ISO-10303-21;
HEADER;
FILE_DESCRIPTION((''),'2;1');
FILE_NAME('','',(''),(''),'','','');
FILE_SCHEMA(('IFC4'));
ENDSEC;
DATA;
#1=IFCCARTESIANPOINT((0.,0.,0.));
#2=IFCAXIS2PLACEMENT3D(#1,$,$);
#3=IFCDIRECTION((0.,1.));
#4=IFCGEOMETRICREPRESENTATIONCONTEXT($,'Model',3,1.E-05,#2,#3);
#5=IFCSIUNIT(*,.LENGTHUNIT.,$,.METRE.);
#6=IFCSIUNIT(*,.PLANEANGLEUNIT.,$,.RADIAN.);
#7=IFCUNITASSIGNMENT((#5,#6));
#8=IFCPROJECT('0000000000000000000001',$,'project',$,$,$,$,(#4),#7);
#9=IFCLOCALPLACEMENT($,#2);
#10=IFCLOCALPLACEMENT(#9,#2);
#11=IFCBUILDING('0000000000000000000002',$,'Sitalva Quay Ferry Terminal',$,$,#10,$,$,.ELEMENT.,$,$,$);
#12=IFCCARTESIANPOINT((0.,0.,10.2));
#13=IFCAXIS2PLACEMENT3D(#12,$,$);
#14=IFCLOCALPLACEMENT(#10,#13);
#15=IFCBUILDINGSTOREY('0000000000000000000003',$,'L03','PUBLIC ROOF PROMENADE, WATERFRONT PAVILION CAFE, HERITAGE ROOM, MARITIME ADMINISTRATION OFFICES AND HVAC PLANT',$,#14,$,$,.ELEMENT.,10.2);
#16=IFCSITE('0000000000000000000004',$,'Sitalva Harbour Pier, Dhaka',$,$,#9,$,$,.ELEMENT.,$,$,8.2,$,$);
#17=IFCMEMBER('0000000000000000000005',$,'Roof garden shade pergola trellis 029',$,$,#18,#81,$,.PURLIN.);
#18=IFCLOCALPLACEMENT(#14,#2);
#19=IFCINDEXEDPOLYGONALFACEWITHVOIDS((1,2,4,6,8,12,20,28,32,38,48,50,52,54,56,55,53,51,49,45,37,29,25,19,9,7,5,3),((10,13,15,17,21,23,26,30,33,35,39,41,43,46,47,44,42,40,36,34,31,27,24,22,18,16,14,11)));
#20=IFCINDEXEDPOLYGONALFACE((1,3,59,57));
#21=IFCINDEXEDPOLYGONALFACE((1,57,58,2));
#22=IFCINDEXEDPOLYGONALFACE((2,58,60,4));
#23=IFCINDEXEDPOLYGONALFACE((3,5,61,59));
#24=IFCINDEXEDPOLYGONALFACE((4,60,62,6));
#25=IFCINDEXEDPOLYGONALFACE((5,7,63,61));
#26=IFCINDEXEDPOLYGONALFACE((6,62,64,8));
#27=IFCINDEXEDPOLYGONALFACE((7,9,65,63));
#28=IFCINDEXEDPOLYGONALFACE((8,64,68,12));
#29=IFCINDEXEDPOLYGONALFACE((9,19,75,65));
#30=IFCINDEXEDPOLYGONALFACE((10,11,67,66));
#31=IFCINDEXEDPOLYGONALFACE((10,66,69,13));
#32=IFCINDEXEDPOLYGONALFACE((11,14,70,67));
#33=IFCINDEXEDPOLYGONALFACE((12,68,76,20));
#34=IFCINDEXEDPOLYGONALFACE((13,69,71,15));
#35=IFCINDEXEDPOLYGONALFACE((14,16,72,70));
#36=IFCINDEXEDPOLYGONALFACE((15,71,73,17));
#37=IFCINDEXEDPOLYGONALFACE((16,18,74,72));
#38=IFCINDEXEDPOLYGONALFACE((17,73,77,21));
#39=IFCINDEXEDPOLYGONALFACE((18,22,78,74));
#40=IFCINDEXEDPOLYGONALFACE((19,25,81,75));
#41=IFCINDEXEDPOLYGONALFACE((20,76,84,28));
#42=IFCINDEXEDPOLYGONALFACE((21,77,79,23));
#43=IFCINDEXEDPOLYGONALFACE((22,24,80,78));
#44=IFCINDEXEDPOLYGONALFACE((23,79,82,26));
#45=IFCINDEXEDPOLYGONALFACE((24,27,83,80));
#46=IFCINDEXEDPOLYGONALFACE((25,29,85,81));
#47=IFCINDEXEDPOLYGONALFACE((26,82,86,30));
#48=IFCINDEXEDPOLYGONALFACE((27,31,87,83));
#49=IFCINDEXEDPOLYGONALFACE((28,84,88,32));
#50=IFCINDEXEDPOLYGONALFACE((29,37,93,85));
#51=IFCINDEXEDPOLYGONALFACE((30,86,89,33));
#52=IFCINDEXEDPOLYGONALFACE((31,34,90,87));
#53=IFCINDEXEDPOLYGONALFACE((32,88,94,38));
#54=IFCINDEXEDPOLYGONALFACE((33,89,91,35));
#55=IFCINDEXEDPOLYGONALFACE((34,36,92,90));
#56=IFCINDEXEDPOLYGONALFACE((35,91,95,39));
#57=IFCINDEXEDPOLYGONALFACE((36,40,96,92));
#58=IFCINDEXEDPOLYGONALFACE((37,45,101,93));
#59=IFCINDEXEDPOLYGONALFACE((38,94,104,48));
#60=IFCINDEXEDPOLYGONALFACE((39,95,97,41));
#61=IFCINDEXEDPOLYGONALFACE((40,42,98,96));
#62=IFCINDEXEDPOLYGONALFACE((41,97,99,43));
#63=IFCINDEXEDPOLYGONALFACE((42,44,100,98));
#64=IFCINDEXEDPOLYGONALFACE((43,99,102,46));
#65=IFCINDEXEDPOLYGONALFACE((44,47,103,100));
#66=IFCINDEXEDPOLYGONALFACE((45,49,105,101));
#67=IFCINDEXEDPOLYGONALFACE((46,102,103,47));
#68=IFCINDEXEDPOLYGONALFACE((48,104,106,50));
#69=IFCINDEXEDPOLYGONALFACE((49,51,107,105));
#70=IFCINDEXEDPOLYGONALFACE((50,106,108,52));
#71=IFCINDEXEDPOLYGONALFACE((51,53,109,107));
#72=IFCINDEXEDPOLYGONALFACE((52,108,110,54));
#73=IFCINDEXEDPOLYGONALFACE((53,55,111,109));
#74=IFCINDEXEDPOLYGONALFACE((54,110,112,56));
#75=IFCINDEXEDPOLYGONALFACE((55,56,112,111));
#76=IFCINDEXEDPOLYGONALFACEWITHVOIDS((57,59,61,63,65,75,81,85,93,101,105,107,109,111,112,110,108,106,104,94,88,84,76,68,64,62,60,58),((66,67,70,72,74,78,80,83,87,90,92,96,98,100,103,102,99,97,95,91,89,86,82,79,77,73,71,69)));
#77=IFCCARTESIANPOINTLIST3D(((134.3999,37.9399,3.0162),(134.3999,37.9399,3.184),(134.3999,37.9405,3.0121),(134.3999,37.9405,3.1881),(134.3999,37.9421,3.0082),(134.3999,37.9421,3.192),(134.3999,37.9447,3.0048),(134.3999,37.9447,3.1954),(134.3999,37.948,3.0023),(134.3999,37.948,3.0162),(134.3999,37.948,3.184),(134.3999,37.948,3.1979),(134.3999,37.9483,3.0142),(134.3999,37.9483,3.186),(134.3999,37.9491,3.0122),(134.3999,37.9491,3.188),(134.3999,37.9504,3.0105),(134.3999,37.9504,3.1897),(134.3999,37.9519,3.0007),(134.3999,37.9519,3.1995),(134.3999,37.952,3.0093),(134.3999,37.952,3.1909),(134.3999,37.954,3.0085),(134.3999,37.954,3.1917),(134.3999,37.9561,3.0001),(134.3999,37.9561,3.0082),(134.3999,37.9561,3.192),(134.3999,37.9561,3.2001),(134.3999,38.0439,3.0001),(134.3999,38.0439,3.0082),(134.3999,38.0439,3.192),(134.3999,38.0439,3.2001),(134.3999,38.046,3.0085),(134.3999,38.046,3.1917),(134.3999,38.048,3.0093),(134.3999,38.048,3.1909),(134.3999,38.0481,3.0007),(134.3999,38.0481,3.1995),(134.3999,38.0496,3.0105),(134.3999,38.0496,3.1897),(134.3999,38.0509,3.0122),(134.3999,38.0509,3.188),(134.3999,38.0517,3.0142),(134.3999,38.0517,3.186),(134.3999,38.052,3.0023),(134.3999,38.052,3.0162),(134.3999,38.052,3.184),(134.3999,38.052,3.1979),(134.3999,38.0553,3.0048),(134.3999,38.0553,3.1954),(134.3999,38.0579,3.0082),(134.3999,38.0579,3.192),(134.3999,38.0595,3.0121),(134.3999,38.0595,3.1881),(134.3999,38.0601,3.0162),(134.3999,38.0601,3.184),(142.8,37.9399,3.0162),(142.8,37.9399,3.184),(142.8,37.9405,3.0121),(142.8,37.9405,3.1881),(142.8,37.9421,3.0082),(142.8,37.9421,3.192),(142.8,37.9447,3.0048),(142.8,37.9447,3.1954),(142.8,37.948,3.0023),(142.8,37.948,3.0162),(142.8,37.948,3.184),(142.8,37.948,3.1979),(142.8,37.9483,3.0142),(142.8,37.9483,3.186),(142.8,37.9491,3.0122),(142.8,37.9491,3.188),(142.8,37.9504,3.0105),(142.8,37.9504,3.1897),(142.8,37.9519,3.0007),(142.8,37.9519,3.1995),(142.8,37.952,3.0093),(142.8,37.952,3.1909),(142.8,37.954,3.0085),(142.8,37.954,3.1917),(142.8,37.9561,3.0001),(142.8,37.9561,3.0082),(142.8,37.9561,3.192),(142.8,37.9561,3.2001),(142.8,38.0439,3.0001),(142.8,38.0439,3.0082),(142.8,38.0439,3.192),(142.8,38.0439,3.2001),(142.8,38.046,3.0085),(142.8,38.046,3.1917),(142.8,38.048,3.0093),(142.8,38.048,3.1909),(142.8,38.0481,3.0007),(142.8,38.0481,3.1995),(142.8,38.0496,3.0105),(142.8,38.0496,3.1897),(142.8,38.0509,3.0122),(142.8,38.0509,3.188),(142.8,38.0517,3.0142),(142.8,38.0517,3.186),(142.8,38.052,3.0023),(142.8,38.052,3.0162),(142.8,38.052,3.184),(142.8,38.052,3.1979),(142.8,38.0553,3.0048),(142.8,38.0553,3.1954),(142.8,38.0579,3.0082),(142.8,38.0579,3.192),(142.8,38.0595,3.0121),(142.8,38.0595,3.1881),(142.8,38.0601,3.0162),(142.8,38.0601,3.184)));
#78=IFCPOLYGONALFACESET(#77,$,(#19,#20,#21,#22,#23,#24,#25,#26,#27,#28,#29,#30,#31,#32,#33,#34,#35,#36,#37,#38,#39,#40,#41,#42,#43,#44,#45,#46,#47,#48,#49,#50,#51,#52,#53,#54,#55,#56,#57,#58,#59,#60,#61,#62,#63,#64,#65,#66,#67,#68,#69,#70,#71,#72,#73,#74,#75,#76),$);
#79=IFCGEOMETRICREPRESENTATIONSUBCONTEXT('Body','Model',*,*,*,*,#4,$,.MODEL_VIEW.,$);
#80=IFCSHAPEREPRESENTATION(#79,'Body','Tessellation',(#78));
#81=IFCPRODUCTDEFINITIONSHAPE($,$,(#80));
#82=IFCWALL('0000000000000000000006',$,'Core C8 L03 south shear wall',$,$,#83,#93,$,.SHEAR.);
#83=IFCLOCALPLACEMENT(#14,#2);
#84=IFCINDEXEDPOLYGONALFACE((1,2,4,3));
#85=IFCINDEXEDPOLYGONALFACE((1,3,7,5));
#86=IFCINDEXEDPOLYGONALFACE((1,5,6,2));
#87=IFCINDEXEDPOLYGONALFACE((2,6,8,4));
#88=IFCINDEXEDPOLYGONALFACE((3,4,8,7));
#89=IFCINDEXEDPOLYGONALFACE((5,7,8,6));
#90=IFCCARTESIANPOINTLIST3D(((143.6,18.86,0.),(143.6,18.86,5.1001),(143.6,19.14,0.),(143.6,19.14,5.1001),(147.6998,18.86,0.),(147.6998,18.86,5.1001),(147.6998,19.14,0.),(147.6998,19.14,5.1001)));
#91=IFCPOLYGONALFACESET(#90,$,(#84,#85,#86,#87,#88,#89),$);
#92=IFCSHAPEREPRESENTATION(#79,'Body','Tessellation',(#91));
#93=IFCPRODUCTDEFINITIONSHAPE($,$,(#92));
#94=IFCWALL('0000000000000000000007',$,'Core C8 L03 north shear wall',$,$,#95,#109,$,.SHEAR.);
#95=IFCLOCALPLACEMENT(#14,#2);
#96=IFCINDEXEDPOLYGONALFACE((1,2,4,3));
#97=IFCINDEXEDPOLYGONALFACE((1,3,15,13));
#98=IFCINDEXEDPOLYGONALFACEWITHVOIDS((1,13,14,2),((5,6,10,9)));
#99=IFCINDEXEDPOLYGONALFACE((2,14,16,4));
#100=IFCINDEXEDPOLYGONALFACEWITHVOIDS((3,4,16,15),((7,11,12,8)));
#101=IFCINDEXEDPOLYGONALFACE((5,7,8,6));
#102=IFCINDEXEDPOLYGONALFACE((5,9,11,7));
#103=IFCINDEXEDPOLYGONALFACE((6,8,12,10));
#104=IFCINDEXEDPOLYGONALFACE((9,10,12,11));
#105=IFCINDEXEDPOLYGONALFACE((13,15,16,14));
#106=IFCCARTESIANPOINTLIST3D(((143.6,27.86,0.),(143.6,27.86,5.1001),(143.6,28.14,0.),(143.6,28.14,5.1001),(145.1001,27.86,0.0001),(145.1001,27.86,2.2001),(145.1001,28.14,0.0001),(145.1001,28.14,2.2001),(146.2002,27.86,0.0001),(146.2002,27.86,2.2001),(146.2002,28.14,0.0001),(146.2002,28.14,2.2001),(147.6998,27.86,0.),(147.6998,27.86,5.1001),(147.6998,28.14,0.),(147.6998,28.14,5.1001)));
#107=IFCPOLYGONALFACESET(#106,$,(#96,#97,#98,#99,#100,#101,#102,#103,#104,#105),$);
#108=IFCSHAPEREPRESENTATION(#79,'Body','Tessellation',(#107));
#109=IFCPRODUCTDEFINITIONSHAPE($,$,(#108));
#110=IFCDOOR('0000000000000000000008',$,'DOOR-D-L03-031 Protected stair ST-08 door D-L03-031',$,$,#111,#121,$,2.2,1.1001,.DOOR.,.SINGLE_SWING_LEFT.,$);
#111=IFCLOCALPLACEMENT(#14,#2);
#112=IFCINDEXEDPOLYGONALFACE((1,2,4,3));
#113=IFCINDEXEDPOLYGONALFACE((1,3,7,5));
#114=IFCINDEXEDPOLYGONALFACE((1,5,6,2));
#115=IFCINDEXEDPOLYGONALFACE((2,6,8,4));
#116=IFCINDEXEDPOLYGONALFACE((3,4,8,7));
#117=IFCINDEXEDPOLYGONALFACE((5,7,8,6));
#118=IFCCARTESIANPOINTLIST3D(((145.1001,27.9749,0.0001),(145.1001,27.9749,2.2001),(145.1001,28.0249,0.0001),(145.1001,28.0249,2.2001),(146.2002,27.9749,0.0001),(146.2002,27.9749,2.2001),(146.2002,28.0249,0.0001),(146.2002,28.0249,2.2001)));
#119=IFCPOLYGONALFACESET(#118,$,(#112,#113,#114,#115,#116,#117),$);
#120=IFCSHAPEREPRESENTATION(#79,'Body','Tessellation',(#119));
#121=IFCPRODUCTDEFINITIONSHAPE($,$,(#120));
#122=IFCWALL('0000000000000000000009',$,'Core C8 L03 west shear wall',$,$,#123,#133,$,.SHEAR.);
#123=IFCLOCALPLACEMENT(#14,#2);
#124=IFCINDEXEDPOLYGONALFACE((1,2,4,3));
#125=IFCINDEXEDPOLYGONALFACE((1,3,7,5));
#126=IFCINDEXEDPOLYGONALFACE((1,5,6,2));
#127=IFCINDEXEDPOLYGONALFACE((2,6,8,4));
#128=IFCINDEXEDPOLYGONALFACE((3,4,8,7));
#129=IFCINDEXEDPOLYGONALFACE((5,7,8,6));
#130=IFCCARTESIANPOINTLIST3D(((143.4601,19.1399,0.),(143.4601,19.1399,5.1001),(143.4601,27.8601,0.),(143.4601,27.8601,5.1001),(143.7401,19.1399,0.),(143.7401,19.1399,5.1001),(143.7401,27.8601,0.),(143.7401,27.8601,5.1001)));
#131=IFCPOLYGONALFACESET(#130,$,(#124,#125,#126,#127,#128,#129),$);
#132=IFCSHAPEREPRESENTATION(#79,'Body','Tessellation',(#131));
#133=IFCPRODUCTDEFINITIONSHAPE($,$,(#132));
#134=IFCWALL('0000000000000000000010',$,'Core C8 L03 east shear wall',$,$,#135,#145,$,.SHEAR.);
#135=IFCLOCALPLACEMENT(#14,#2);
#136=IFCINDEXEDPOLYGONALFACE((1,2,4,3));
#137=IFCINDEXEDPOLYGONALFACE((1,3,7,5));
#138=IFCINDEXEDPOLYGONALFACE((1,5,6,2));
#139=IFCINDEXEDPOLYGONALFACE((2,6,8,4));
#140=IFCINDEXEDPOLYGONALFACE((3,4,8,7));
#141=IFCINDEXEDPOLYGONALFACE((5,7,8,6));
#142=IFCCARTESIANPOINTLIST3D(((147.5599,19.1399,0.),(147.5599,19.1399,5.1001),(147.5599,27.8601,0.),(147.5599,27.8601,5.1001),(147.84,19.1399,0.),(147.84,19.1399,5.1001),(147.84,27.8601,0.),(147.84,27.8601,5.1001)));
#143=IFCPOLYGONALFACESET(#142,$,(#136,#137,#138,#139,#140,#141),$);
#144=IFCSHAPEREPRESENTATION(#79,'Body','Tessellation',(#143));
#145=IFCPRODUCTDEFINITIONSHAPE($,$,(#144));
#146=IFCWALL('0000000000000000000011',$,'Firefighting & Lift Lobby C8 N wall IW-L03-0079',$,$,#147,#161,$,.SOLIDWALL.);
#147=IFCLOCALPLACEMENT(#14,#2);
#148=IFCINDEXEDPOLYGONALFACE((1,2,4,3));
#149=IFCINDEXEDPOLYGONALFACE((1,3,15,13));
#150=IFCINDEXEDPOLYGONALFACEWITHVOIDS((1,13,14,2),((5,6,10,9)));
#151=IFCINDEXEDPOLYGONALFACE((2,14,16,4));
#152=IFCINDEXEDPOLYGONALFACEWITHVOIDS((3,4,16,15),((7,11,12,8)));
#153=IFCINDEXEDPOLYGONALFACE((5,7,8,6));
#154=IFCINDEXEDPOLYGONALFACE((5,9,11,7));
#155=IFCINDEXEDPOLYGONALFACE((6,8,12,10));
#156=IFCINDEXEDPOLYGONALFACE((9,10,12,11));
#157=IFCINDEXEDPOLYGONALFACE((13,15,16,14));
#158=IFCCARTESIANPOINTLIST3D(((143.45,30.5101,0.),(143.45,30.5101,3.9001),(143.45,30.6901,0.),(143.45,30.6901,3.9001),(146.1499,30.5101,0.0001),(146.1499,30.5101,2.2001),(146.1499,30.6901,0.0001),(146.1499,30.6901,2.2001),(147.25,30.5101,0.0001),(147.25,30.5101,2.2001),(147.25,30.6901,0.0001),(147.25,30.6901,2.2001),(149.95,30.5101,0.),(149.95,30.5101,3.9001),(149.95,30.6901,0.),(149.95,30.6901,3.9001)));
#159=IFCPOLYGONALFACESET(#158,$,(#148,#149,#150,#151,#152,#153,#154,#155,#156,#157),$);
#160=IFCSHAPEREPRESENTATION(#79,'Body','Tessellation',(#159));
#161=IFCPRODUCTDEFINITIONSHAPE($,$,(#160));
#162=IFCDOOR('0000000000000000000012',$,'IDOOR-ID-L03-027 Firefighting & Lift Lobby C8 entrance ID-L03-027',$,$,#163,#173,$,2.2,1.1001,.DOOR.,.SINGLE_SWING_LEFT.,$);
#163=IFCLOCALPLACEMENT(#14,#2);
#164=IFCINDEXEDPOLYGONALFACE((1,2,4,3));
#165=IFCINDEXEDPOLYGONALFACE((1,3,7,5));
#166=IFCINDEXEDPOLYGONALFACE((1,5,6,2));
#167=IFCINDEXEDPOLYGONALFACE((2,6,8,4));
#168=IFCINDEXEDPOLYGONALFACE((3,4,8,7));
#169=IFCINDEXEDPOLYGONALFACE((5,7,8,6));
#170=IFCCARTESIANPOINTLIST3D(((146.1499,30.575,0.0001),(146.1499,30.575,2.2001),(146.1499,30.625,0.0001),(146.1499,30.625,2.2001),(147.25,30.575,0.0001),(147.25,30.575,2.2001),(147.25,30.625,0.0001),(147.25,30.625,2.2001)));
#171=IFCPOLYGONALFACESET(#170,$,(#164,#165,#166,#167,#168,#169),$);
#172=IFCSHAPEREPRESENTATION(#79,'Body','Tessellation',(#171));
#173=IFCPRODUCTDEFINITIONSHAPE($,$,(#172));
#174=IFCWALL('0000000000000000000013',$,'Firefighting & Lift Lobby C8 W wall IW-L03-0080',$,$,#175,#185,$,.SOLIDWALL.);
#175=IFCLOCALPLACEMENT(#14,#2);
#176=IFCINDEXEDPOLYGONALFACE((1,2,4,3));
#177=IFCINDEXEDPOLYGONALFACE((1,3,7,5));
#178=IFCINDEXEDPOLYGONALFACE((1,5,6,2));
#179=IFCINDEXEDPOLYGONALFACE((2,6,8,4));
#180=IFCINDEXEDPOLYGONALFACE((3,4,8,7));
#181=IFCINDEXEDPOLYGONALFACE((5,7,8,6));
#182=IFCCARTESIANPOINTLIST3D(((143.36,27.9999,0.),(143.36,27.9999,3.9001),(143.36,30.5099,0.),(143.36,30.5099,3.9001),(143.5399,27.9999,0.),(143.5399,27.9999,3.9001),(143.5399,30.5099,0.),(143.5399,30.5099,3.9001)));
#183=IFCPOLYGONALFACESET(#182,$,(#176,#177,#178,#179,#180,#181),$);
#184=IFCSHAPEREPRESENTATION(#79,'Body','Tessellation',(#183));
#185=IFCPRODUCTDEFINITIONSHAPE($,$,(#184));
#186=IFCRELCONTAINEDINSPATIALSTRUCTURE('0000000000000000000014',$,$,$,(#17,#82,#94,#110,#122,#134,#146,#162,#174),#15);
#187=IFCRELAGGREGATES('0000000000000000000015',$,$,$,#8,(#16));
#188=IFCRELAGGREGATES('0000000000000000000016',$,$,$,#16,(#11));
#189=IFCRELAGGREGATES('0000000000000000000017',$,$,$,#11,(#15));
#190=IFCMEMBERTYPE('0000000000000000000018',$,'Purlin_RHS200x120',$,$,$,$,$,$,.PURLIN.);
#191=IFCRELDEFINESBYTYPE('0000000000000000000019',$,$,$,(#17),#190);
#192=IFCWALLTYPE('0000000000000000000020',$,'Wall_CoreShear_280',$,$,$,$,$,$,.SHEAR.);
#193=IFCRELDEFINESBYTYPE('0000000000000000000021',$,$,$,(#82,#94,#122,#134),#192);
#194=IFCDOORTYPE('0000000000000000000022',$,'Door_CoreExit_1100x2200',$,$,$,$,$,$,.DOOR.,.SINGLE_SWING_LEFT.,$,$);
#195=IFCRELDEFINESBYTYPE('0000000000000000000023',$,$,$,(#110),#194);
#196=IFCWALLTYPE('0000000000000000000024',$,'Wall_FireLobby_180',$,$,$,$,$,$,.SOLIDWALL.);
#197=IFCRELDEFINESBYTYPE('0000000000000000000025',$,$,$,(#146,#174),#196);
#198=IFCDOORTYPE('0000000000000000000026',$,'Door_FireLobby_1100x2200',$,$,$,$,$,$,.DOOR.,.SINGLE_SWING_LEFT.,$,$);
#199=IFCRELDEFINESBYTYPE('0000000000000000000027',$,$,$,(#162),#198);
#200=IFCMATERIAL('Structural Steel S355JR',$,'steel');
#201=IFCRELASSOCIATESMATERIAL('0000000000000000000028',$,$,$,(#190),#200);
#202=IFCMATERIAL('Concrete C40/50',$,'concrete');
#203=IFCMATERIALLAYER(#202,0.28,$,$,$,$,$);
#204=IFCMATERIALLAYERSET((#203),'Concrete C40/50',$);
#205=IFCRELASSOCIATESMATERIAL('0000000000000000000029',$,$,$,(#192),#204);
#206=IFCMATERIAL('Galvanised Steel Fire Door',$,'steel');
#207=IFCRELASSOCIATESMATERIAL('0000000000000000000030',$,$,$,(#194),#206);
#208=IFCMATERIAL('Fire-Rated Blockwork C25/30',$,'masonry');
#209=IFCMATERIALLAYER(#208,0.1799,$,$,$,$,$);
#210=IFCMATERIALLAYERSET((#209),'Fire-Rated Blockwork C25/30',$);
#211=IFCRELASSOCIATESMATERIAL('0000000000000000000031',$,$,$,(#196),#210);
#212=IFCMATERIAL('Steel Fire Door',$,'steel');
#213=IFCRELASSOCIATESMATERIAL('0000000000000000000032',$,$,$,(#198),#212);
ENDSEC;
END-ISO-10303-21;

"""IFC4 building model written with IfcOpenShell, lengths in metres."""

from ifc_helpers import new_model, si_unit, direction, frame, frame_2d, origin, origin_2d, place, context, subcontext, project, spatial, rectangle, hollow_rectangle, extrude, material, layer, layer_set, material_profile, profile_set, type_object, element, fill, save


model = new_model("IFC4")

# Units and contexts
model_context = context("Model", 3, precision=1e-05, world=origin(), true_north=direction((0.0, 1.0)))
body_context = subcontext(model_context, "Body", "Model", "MODEL_VIEW")
ifc_project = project(units=[si_unit("LENGTHUNIT", "METRE"), si_unit("PLANEANGLEUNIT", "RADIAN")], contexts=[model_context])

# Site, building, storey
site_placement = place(None, origin())
site = spatial("IfcSite", under=ifc_project, at=site_placement, Name="Sitalva Harbour Pier, Dhaka", CompositionType="ELEMENT", RefElevation=8.2)
building_placement = place(site_placement, origin())
building = spatial("IfcBuilding", under=site, at=building_placement, Name="Sitalva Quay Ferry Terminal", CompositionType="ELEMENT")
storey_placement = place(building_placement, frame((0.0, 0.0, 10.2)))
storey = spatial("IfcBuildingStorey", under=building, at=storey_placement, Name="L03", Description="PUBLIC ROOF PROMENADE, WATERFRONT PAVILION CAFE, HERITAGE ROOM, MARITIME ADMINISTRATION OFFICES AND HVAC PLANT", CompositionType="ELEMENT", Elevation=10.2)

# Member
ifc_material_1 = material(Name="Structural Steel S355JR", Category="steel")
ifc_material_profile_1 = material_profile(ifc_material_1, hollow_rectangle(XDim=0.1201, YDim=0.2, WallThickness=0.0081, InnerFilletRadius=0.0081, OuterFilletRadius=0.0161, at=origin_2d()), Name="RHS200x120x8")
ifc_profile_set_1 = profile_set([ifc_material_profile_1], Name="Structural Steel S355JR")
member_type_1 = type_object("IfcMemberType", Name="Purlin_RHS200x120", PredefinedType="PURLIN", material=ifc_profile_set_1)
member_1_placement = place(storey_placement, frame((134.3999, 38.0, 3.1001), z_axis=(1.0, 0.0, 0.0), x_axis=(0.0, 1.0, 0.0)))
element("IfcMember", 1, at=member_1_placement, inside=storey, type_object=member_type_1, Name="Roof garden shade pergola trellis 029", PredefinedType="PURLIN", context=body_context, shape_type="SweptSolid", body=[
    extrude(hollow_rectangle(XDim=0.1201, YDim=0.2, WallThickness=0.0081, InnerFilletRadius=0.0081, OuterFilletRadius=0.0161, at=origin_2d()), origin(), (0.0, 0.0, 1.0), 8.4001),
])

# Wall
ifc_material_2 = material(Name="Concrete C40/50", Category="concrete")
ifc_layer_1 = layer(ifc_material_2, 0.28)
ifc_layer_set_1 = layer_set([ifc_layer_1], Name="Concrete C40/50")
wall_type_1 = type_object("IfcWallType", Name="Wall_CoreShear_280", PredefinedType="SHEAR", material=ifc_layer_set_1)
wall_1_placement = place(storey_placement, frame((143.6001, 19.0, 0.0), z_axis=(0.0, 0.0, 1.0), x_axis=(1.0, 0.0, 0.0)))
element("IfcWall", 2, at=wall_1_placement, inside=storey, type_object=wall_type_1, Name="Core C8 L03 south shear wall", PredefinedType="SHEAR", context=body_context, shape_type="SweptSolid", body=[
    extrude(rectangle(XDim=4.0999, YDim=0.28, at=frame_2d((2.0498, 0.0))), origin(), (0.0, 0.0, 1.0), 5.1001),
])

# Wall, opening, door
wall_2_placement = place(storey_placement, frame((143.6001, 28.0, 0.0), z_axis=(0.0, 0.0, 1.0), x_axis=(1.0, 0.0, 0.0)))
wall_2 = element("IfcWall", 3, at=wall_2_placement, inside=storey, type_object=wall_type_1, Name="Core C8 L03 north shear wall", PredefinedType="SHEAR", context=body_context, shape_type="SweptSolid", body=[
    extrude(rectangle(XDim=4.0999, YDim=0.28, at=frame_2d((2.0498, 0.0))), origin(), (0.0, 0.0, 1.0), 5.1001),
])
opening_1_placement = place(wall_2_placement, frame((1.5, 0.0, 0.0)))
opening_1 = element("IfcOpeningElement", 4, at=opening_1_placement, cuts=wall_2, PredefinedType="OPENING", context=body_context, shape_type="SweptSolid", body=[
    extrude(rectangle(XDim=1.1001, YDim=2.2, at=frame_2d((0.55, 1.1001))), frame((0.0, 0.1499, 0.0), z_axis=(0.0, -1.0, 0.0), x_axis=(1.0, 0.0, 0.0)), (0.0, 0.0, 1.0), 0.3),
])
ifc_material_3 = material(Name="Galvanised Steel Fire Door", Category="steel")
door_type_1 = type_object("IfcDoorType", Name="Door_CoreExit_1100x2200", OperationType="SINGLE_SWING_LEFT", PredefinedType="DOOR", material=ifc_material_3)
door_1_placement = place(opening_1_placement, origin())
door_1 = element("IfcDoor", 5, at=door_1_placement, inside=storey, type_object=door_type_1, Name="DOOR-D-L03-031 Protected stair ST-08 door D-L03-031", OperationType="SINGLE_SWING_LEFT", OverallHeight=2.2, OverallWidth=1.1001, PredefinedType="DOOR", context=body_context, shape_type="SweptSolid", body=[
    extrude(rectangle(XDim=1.1001, YDim=2.2, at=frame_2d((0.55, 1.1001))), frame((0.0, 0.0249, 0.0), z_axis=(0.0, -1.0, 0.0), x_axis=(1.0, 0.0, 0.0)), (0.0, 0.0, 1.0), 0.05),
])
fill(opening_1, door_1)

# Walls
for number, where, z_axis, x_axis, name in (
    (6, (143.6001, 19.1399, 0.0), (0.0, 0.0, 1.0), (0.0, 1.0, 0.0), "Core C8 L03 west shear wall"),
    (7, (147.7, 19.1399, 0.0), (0.0, 0.0, 1.0), (0.0, 1.0, 0.0), "Core C8 L03 east shear wall"),
):
    element("IfcWall", number, at=place(storey_placement, frame(where, z_axis=z_axis, x_axis=x_axis)), inside=storey, type_object=wall_type_1, Name=name, PredefinedType="SHEAR", context=body_context, shape_type="SweptSolid", body=[
        extrude(rectangle(XDim=8.7202, YDim=0.28, at=frame_2d((4.3601, 0.0))), origin(), (0.0, 0.0, 1.0), 5.1001),
    ])

# Wall, opening, door
ifc_material_4 = material(Name="Fire-Rated Blockwork C25/30", Category="masonry")
ifc_layer_2 = layer(ifc_material_4, 0.1799)
ifc_layer_set_2 = layer_set([ifc_layer_2], Name="Fire-Rated Blockwork C25/30")
wall_type_2 = type_object("IfcWallType", Name="Wall_FireLobby_180", PredefinedType="SOLIDWALL", material=ifc_layer_set_2)
wall_3_placement = place(storey_placement, frame((143.45, 30.6001, 0.0), z_axis=(0.0, 0.0, 1.0), x_axis=(1.0, 0.0, 0.0)))
wall_3 = element("IfcWall", 8, at=wall_3_placement, inside=storey, type_object=wall_type_2, Name="Firefighting & Lift Lobby C8 N wall IW-L03-0079", PredefinedType="SOLIDWALL", context=body_context, shape_type="SweptSolid", body=[
    extrude(rectangle(XDim=6.5, YDim=0.1799, at=frame_2d((3.25, 0.0))), origin(), (0.0, 0.0, 1.0), 3.9001),
])
opening_2_placement = place(wall_3_placement, frame((2.7, 0.0, 0.0)))
opening_2 = element("IfcOpeningElement", 9, at=opening_2_placement, cuts=wall_3, PredefinedType="OPENING", context=body_context, shape_type="SweptSolid", body=[
    extrude(rectangle(XDim=1.1001, YDim=2.2, at=frame_2d((0.55, 1.1001))), frame((0.0, 0.0999, 0.0), z_axis=(0.0, -1.0, 0.0), x_axis=(1.0, 0.0, 0.0)), (0.0, 0.0, 1.0), 0.2),
])
ifc_material_5 = material(Name="Steel Fire Door", Category="steel")
door_type_2 = type_object("IfcDoorType", Name="Door_FireLobby_1100x2200", OperationType="SINGLE_SWING_LEFT", PredefinedType="DOOR", material=ifc_material_5)
door_2_placement = place(opening_2_placement, origin())
door_2 = element("IfcDoor", 10, at=door_2_placement, inside=storey, type_object=door_type_2, Name="IDOOR-ID-L03-027 Firefighting & Lift Lobby C8 entrance ID-L03-027", OperationType="SINGLE_SWING_LEFT", OverallHeight=2.2, OverallWidth=1.1001, PredefinedType="DOOR", context=body_context, shape_type="SweptSolid", body=[
    extrude(rectangle(XDim=1.1001, YDim=2.2, at=frame_2d((0.55, 1.1001))), frame((0.0, 0.0249, 0.0), z_axis=(0.0, -1.0, 0.0), x_axis=(1.0, 0.0, 0.0)), (0.0, 0.0, 1.0), 0.05),
])
fill(opening_2, door_2)

# Wall
for number, where, z_axis, x_axis, name in (
    (11, (143.45, 28.0, 0.0), (0.0, 0.0, 1.0), (0.0, 1.0, 0.0), "Firefighting & Lift Lobby C8 W wall IW-L03-0080"),
):
    element("IfcWall", number, at=place(storey_placement, frame(where, z_axis=z_axis, x_axis=x_axis)), inside=storey, type_object=wall_type_2, Name=name, PredefinedType="SOLIDWALL", context=body_context, shape_type="SweptSolid", body=[
        extrude(rectangle(XDim=2.51, YDim=0.1799, at=frame_2d((1.2549, 0.0))), origin(), (0.0, 0.0, 1.0), 3.9001),
    ])

save(model, "model.ifc")
